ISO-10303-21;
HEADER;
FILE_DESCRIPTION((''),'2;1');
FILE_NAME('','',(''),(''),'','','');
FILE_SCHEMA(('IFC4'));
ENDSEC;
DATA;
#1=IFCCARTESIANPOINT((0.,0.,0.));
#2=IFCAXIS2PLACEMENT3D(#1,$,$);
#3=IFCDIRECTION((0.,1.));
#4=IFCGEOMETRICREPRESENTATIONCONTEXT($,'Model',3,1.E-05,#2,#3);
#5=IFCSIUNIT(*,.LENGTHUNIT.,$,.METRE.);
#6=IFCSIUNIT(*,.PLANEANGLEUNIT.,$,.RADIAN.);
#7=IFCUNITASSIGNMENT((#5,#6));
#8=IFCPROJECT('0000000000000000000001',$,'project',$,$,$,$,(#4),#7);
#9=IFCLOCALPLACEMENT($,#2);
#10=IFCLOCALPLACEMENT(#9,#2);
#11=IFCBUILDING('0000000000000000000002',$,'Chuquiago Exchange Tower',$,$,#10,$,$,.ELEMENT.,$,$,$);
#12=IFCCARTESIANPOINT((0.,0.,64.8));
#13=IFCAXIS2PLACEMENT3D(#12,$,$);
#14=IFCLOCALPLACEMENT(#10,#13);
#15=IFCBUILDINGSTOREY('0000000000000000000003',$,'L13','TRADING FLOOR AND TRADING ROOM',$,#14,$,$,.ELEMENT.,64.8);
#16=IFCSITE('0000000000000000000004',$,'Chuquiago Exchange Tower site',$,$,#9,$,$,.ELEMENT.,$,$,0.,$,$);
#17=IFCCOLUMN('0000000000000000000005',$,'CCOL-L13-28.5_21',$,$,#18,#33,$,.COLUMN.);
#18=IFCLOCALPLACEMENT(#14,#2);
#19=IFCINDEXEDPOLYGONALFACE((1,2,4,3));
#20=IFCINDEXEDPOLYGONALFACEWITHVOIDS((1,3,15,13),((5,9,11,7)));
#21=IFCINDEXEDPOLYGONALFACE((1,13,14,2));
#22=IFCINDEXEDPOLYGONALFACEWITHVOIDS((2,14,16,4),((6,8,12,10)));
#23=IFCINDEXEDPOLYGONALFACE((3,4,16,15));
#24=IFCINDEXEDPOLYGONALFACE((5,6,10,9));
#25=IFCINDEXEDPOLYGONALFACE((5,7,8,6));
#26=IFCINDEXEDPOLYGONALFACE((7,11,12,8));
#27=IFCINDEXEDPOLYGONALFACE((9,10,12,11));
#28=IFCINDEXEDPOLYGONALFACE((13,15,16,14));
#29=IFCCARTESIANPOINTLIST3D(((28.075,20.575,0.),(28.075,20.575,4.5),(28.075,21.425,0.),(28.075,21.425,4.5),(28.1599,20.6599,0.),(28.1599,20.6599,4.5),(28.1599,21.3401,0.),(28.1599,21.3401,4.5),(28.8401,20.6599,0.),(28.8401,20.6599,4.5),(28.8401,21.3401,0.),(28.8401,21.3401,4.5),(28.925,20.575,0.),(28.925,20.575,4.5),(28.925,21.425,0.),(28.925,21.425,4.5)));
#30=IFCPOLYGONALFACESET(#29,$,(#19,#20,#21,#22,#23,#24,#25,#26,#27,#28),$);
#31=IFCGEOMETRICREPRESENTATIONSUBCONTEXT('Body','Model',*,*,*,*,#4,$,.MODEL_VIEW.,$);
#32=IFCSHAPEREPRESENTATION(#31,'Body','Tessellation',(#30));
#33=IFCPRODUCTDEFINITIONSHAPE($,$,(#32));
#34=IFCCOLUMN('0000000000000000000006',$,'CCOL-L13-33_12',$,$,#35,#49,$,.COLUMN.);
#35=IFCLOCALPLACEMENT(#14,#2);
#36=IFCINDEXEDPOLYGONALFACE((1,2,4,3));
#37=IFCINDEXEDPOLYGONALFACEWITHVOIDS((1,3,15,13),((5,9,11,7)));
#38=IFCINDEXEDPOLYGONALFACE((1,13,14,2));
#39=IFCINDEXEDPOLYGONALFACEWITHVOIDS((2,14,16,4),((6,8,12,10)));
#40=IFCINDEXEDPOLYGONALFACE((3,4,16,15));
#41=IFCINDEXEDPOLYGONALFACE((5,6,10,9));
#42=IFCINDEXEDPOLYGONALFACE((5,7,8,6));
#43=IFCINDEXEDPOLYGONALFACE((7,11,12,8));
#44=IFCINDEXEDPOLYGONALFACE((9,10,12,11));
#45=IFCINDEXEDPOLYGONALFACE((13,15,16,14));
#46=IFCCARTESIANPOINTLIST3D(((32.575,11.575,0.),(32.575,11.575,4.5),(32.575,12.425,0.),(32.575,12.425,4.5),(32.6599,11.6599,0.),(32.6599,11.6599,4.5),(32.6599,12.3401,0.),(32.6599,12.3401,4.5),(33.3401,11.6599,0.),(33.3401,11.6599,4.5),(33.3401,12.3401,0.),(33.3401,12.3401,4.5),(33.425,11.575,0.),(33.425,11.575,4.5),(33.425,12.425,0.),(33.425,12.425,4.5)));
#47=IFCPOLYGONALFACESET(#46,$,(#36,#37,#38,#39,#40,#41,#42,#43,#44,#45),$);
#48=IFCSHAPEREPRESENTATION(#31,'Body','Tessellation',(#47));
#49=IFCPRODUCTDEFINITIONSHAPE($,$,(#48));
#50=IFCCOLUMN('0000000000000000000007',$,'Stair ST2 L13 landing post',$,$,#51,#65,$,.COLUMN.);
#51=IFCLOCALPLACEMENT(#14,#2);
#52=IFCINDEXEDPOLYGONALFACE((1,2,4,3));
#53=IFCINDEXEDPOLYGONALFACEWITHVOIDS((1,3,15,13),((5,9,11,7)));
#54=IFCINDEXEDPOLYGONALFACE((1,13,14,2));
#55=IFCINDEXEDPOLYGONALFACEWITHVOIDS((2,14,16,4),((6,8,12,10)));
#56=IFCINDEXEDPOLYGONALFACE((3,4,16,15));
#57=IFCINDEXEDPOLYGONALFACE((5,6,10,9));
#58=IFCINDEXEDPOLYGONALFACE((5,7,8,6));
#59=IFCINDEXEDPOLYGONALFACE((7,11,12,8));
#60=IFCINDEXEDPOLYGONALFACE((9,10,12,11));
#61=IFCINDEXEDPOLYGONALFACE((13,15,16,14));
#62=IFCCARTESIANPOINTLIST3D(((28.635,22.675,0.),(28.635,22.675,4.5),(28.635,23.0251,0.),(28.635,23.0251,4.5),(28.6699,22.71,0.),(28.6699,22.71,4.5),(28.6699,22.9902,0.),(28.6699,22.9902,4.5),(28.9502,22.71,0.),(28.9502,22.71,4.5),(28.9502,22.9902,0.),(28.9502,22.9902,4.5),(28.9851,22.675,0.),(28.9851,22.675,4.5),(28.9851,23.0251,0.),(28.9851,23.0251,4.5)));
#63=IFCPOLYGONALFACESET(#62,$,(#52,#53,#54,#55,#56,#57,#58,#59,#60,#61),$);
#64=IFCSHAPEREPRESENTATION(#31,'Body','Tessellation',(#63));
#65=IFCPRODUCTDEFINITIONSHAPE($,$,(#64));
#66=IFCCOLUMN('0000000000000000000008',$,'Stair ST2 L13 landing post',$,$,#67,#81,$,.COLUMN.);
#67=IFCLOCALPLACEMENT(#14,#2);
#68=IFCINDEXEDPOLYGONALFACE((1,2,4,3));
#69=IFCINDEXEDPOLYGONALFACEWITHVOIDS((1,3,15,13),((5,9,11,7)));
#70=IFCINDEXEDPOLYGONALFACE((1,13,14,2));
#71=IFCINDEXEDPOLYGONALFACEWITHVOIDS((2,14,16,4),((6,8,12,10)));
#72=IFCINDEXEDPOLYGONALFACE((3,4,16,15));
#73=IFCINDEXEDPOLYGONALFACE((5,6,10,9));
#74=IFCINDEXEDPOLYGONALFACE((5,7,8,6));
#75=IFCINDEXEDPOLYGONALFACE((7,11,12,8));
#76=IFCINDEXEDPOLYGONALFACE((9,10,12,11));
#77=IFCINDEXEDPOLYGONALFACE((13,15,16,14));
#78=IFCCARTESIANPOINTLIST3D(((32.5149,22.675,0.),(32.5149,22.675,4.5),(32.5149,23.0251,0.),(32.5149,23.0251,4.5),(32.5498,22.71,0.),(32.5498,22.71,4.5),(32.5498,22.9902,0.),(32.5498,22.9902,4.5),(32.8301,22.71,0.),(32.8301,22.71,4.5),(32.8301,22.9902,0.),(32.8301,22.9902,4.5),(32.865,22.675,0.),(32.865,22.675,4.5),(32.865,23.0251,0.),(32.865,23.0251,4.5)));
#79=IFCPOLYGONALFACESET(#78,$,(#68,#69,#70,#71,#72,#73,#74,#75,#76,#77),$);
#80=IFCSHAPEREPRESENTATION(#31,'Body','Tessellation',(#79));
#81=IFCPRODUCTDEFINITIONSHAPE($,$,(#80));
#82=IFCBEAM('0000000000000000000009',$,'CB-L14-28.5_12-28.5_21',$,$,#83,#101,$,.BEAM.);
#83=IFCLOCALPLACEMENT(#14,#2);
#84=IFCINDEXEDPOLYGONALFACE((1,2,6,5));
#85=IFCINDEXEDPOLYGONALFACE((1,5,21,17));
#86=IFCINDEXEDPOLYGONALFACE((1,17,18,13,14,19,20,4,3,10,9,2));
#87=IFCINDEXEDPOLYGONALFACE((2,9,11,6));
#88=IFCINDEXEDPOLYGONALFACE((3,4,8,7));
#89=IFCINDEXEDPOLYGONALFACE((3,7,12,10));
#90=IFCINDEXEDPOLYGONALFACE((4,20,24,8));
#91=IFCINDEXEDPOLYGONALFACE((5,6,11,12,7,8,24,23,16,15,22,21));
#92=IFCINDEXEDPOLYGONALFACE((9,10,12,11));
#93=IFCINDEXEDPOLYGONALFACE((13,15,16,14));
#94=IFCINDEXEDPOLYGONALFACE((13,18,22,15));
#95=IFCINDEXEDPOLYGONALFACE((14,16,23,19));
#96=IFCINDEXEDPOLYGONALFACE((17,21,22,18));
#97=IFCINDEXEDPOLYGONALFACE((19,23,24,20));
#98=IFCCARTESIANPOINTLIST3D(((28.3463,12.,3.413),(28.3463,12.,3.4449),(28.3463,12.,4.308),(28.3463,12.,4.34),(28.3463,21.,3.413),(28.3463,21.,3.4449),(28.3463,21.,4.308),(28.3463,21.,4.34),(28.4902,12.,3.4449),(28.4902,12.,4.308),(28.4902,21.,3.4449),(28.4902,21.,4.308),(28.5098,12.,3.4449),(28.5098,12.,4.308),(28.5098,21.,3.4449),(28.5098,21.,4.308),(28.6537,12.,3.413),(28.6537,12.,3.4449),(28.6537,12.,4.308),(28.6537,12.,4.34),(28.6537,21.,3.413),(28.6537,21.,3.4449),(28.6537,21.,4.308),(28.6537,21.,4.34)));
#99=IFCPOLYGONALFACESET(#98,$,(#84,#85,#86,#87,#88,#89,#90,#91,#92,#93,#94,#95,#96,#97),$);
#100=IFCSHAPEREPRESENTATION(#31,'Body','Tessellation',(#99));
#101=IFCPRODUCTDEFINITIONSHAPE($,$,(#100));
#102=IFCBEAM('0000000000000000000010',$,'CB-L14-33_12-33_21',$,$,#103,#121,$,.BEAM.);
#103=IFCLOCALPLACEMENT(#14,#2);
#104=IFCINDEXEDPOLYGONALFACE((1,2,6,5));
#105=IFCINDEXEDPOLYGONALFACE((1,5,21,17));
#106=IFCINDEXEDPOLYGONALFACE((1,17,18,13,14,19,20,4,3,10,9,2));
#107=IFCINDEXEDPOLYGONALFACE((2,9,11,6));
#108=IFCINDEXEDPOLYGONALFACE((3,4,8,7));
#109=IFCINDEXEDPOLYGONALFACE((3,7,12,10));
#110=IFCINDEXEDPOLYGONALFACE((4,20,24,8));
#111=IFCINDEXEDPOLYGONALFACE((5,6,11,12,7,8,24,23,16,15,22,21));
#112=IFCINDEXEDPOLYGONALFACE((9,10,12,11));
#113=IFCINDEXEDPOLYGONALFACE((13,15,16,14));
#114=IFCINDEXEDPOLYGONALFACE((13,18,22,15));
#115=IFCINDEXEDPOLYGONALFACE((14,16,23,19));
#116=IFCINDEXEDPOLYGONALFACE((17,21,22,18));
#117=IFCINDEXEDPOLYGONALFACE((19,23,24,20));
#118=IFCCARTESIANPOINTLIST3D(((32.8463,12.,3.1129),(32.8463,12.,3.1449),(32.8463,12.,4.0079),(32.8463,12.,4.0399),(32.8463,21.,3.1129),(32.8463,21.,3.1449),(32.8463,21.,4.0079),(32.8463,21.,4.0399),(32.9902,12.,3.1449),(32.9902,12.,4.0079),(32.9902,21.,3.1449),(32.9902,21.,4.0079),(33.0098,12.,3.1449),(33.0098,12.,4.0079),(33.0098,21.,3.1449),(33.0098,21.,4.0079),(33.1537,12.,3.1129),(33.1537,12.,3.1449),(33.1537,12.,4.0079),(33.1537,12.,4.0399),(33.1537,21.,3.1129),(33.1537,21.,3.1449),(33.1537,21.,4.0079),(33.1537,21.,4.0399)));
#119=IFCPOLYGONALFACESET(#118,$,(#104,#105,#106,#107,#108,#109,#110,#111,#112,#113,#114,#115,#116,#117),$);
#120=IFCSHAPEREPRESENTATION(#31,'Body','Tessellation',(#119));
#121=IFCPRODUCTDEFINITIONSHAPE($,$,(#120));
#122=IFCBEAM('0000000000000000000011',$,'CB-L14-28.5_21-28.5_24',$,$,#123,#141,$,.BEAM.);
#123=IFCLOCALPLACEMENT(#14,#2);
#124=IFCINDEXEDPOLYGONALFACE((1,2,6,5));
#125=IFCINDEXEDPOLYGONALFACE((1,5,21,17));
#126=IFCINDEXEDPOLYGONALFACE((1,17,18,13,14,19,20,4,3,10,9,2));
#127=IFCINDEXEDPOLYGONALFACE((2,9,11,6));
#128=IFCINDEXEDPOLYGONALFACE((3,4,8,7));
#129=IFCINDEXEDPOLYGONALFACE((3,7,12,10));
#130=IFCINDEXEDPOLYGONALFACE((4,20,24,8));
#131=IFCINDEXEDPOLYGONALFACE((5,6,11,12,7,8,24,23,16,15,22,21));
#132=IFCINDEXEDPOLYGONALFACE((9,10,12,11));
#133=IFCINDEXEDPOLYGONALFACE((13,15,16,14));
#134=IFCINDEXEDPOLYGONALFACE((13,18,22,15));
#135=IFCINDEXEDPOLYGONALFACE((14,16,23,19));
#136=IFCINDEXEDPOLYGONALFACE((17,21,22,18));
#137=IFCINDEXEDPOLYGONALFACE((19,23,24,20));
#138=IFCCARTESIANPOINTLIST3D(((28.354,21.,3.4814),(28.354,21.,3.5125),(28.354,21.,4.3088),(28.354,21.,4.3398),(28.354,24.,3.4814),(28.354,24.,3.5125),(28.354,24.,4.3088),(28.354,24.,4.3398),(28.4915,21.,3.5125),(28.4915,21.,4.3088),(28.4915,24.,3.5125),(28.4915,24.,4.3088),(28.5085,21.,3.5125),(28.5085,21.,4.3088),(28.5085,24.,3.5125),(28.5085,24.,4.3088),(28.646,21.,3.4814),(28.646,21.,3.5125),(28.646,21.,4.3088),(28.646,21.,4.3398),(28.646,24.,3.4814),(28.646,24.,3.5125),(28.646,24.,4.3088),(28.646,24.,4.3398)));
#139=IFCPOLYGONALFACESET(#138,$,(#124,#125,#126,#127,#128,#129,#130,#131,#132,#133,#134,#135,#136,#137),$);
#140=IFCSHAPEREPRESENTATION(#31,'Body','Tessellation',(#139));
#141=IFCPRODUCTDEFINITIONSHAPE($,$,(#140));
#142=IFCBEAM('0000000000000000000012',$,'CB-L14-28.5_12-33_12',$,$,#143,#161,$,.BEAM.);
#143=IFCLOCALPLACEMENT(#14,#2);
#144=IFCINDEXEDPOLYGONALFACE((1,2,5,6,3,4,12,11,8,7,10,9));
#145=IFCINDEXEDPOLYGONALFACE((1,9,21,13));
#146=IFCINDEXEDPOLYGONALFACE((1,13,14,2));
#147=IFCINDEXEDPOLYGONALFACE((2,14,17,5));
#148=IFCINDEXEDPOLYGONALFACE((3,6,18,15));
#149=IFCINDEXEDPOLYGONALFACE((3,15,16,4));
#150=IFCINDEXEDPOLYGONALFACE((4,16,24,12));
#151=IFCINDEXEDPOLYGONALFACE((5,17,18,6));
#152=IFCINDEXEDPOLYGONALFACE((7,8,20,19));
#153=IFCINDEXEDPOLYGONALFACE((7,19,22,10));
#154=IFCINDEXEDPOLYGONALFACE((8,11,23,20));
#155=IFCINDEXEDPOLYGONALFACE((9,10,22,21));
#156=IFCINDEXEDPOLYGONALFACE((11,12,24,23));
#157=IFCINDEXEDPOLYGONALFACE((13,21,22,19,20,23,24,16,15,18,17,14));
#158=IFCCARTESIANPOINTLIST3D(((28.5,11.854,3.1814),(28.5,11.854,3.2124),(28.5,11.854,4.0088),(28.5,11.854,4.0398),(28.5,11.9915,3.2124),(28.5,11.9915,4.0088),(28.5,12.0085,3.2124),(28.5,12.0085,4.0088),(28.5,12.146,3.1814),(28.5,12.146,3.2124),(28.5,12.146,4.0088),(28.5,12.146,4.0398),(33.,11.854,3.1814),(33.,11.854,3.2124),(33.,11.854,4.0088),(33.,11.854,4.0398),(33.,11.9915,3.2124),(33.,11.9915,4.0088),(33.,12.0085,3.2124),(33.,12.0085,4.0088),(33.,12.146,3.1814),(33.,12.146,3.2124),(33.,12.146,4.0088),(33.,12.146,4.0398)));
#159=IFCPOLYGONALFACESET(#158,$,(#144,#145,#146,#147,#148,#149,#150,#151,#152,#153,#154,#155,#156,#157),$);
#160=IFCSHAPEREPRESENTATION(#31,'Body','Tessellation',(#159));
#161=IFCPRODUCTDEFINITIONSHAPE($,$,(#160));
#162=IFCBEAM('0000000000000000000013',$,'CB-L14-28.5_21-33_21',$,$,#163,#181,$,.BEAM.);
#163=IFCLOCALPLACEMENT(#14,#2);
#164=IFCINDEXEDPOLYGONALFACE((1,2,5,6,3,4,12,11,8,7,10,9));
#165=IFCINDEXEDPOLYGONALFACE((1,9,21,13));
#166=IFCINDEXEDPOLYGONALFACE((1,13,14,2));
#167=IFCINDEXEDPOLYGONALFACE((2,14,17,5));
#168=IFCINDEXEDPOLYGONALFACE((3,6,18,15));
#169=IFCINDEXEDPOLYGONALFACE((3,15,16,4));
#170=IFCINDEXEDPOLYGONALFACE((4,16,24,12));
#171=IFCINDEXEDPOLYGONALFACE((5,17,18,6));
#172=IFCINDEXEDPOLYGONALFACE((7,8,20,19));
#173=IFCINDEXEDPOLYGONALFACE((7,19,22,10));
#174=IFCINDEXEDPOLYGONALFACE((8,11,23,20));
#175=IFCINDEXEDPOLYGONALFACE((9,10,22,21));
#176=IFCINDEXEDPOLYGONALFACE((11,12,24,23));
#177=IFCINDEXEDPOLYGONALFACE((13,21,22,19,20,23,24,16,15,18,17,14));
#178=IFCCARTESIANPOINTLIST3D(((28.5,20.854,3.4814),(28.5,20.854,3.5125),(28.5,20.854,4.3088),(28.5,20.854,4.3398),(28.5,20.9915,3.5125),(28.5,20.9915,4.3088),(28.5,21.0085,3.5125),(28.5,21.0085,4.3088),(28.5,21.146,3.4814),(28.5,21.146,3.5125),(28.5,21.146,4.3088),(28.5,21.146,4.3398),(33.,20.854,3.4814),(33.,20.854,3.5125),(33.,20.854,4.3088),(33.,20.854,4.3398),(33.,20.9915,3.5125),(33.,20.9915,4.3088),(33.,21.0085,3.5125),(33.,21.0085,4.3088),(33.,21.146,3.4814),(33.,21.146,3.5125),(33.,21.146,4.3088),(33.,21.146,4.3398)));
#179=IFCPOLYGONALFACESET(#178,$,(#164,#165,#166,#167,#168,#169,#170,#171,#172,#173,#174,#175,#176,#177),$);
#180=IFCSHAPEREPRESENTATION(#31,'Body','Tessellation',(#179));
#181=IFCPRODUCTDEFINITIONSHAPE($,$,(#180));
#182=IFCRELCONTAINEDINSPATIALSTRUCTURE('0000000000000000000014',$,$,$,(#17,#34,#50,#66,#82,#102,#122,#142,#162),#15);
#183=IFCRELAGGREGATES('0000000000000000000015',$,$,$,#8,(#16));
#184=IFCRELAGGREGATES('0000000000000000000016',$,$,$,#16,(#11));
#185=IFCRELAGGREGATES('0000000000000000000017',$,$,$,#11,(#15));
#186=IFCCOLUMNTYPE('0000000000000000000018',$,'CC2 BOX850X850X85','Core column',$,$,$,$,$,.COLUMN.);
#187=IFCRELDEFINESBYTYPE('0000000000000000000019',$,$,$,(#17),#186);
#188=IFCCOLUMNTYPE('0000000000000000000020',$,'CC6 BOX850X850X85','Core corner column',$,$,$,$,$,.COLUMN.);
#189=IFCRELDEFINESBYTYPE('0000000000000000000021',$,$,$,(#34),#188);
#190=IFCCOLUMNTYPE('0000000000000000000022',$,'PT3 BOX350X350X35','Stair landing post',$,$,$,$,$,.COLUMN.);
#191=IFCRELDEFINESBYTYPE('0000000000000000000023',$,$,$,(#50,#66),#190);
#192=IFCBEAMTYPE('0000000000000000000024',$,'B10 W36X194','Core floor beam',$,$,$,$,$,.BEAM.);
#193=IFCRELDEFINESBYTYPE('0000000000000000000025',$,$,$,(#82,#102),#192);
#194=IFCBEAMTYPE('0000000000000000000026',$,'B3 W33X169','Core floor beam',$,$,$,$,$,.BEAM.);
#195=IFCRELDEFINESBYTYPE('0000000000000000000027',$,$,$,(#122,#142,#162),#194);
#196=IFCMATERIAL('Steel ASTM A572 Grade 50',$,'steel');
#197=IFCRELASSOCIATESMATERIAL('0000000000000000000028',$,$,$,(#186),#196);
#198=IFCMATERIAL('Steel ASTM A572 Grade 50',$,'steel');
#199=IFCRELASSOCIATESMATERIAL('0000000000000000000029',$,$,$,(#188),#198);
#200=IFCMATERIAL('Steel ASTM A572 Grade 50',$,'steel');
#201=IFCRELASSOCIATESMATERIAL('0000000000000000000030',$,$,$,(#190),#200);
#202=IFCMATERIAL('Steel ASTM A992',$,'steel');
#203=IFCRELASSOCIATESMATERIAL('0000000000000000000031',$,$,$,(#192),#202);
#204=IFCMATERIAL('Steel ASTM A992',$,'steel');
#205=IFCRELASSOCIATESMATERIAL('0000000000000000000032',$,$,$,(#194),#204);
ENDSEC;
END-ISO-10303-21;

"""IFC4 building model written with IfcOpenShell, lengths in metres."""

from ifc_helpers import new_model, si_unit, direction, frame, origin, origin_2d, place, context, subcontext, project, spatial, hollow_rectangle, i_section, extrude, material, material_profile, profile_set, type_object, element, save


model = new_model("IFC4")

# Units and contexts
model_context = context("Model", 3, precision=1e-05, world=origin(), true_north=direction((0.0, 1.0)))
body_context = subcontext(model_context, "Body", "Model", "MODEL_VIEW")
ifc_project = project(units=[si_unit("LENGTHUNIT", "METRE"), si_unit("PLANEANGLEUNIT", "RADIAN")], contexts=[model_context])

# Site, building, storey
site_placement = place(None, origin())
site = spatial("IfcSite", under=ifc_project, at=site_placement, Name="Chuquiago Exchange Tower site", CompositionType="ELEMENT", RefElevation=0.0)
building_placement = place(site_placement, origin())
building = spatial("IfcBuilding", under=site, at=building_placement, Name="Chuquiago Exchange Tower", CompositionType="ELEMENT")
storey_placement = place(building_placement, frame((0.0, 0.0, 64.8)))
storey = spatial("IfcBuildingStorey", under=building, at=storey_placement, Name="L13", Description="TRADING FLOOR AND TRADING ROOM", CompositionType="ELEMENT", Elevation=64.8)

# Columns
ifc_material_1 = material(Name="Steel ASTM A572 Grade 50", Category="steel")
ifc_material_profile_1 = material_profile(ifc_material_1, hollow_rectangle(XDim=0.8501, YDim=0.8501, WallThickness=0.085, at=origin_2d()), Name="BOX850X850X85")
ifc_profile_set_1 = profile_set([ifc_material_profile_1], Name="Steel ASTM A572 Grade 50")
column_type_1 = type_object("IfcColumnType", Name="CC2 BOX850X850X85", Description="Core column", PredefinedType="COLUMN", material=ifc_profile_set_1)
column_1_placement = place(storey_placement, frame((28.5, 21.0, 0.0), z_axis=(0.0, 0.0, 1.0), x_axis=(1.0, 0.0, 0.0)))
element("IfcColumn", 1, at=column_1_placement, inside=storey, type_object=column_type_1, Name="CCOL-L13-28.5_21", PredefinedType="COLUMN", context=body_context, shape_type="SweptSolid", body=[
    extrude(hollow_rectangle(XDim=0.8501, YDim=0.8501, WallThickness=0.085, at=origin_2d()), origin(), (0.0, 0.0, 1.0), 4.5),
])
ifc_material_2 = material(Name="Steel ASTM A572 Grade 50", Category="steel")
ifc_material_profile_2 = material_profile(ifc_material_2, hollow_rectangle(XDim=0.8501, YDim=0.8501, WallThickness=0.085, at=origin_2d()), Name="BOX850X850X85")
ifc_profile_set_2 = profile_set([ifc_material_profile_2], Name="Steel ASTM A572 Grade 50")
column_type_2 = type_object("IfcColumnType", Name="CC6 BOX850X850X85", Description="Core corner column", PredefinedType="COLUMN", material=ifc_profile_set_2)
column_2_placement = place(storey_placement, frame((33.0, 12.0, 0.0), z_axis=(0.0, 0.0, 1.0), x_axis=(1.0, 0.0, 0.0)))
element("IfcColumn", 2, at=column_2_placement, inside=storey, type_object=column_type_2, Name="CCOL-L13-33_12", PredefinedType="COLUMN", context=body_context, shape_type="SweptSolid", body=[
    extrude(hollow_rectangle(XDim=0.8501, YDim=0.8501, WallThickness=0.085, at=origin_2d()), origin(), (0.0, 0.0, 1.0), 4.5),
])
ifc_material_3 = material(Name="Steel ASTM A572 Grade 50", Category="steel")
ifc_material_profile_3 = material_profile(ifc_material_3, hollow_rectangle(XDim=0.3501, YDim=0.3501, WallThickness=0.0349, at=origin_2d()), Name="BOX350X350X35")
ifc_profile_set_3 = profile_set([ifc_material_profile_3], Name="Steel ASTM A572 Grade 50")
column_type_3 = type_object("IfcColumnType", Name="PT3 BOX350X350X35", Description="Stair landing post", PredefinedType="COLUMN", material=ifc_profile_set_3)
for number, where, z_axis, x_axis, name in (
    (3, (28.8101, 22.8501, 0.0), (0.0, 0.0, 1.0), (1.0, 0.0, 0.0), "Stair ST2 L13 landing post"),
    (4, (32.6899, 22.8501, 0.0), (0.0, 0.0, 1.0), (1.0, 0.0, 0.0), "Stair ST2 L13 landing post"),
):
    element("IfcColumn", number, at=place(storey_placement, frame(where, z_axis=z_axis, x_axis=x_axis)), inside=storey, type_object=column_type_3, Name=name, PredefinedType="COLUMN", context=body_context, shape_type="SweptSolid", body=[
        extrude(hollow_rectangle(XDim=0.3501, YDim=0.3501, WallThickness=0.0349, at=origin_2d()), origin(), (0.0, 0.0, 1.0), 4.5),
    ])

# Beams
ifc_material_4 = material(Name="Steel ASTM A992", Category="steel")
ifc_material_profile_4 = material_profile(ifc_material_4, i_section(OverallWidth=0.3074, OverallDepth=0.927, WebThickness=0.0195, FlangeThickness=0.032, at=origin_2d()), Name="W36X194")
ifc_profile_set_4 = profile_set([ifc_material_profile_4], Name="Steel ASTM A992")
beam_type_1 = type_object("IfcBeamType", Name="B10 W36X194", Description="Core floor beam", PredefinedType="BEAM", material=ifc_profile_set_4)
for number, where, z_axis, x_axis, name in (
    (5, (28.5, 12.0, 3.8765), (0.0, 1.0, 0.0), (-1.0, 0.0, 0.0), "CB-L14-28.5_12-28.5_21"),
    (6, (33.0, 12.0, 3.5764), (0.0, 1.0, 0.0), (-1.0, 0.0, 0.0), "CB-L14-33_12-33_21"),
):
    element("IfcBeam", number, at=place(storey_placement, frame(where, z_axis=z_axis, x_axis=x_axis)), inside=storey, type_object=beam_type_1, Name=name, PredefinedType="BEAM", context=body_context, shape_type="SweptSolid", body=[
        extrude(i_section(OverallWidth=0.3074, OverallDepth=0.927, WebThickness=0.0195, FlangeThickness=0.032, at=origin_2d()), origin(), (0.0, 0.0, 1.0), 9.0),
    ])
ifc_material_5 = material(Name="Steel ASTM A992", Category="steel")
ifc_material_profile_5 = material_profile(ifc_material_5, i_section(OverallWidth=0.292, OverallDepth=0.8584, WebThickness=0.0171, FlangeThickness=0.031, at=origin_2d()), Name="W33X169")
ifc_profile_set_5 = profile_set([ifc_material_profile_5], Name="Steel ASTM A992")
beam_type_2 = type_object("IfcBeamType", Name="B3 W33X169", Description="Core floor beam", PredefinedType="BEAM", material=ifc_profile_set_5)
beam_1_placement = place(storey_placement, frame((28.5, 21.0, 3.9106), z_axis=(0.0, 1.0, 0.0), x_axis=(-1.0, 0.0, 0.0)))
element("IfcBeam", 7, at=beam_1_placement, inside=storey, type_object=beam_type_2, Name="CB-L14-28.5_21-28.5_24", PredefinedType="BEAM", context=body_context, shape_type="SweptSolid", body=[
    extrude(i_section(OverallWidth=0.292, OverallDepth=0.8584, WebThickness=0.0171, FlangeThickness=0.031, at=origin_2d()), origin(), (0.0, 0.0, 1.0), 3.0),
])
for number, where, z_axis, x_axis, name in (
    (8, (28.5, 12.0, 3.6106), (1.0, 0.0, 0.0), (0.0, 1.0, 0.0), "CB-L14-28.5_12-33_12"),
    (9, (28.5, 21.0, 3.9106), (1.0, 0.0, 0.0), (0.0, 1.0, 0.0), "CB-L14-28.5_21-33_21"),
):
    element("IfcBeam", number, at=place(storey_placement, frame(where, z_axis=z_axis, x_axis=x_axis)), inside=storey, type_object=beam_type_2, Name=name, PredefinedType="BEAM", context=body_context, shape_type="SweptSolid", body=[
        extrude(i_section(OverallWidth=0.292, OverallDepth=0.8584, WebThickness=0.0171, FlangeThickness=0.031, at=origin_2d()), origin(), (0.0, 0.0, 1.0), 4.5),
    ])

save(model, "model.ifc")
